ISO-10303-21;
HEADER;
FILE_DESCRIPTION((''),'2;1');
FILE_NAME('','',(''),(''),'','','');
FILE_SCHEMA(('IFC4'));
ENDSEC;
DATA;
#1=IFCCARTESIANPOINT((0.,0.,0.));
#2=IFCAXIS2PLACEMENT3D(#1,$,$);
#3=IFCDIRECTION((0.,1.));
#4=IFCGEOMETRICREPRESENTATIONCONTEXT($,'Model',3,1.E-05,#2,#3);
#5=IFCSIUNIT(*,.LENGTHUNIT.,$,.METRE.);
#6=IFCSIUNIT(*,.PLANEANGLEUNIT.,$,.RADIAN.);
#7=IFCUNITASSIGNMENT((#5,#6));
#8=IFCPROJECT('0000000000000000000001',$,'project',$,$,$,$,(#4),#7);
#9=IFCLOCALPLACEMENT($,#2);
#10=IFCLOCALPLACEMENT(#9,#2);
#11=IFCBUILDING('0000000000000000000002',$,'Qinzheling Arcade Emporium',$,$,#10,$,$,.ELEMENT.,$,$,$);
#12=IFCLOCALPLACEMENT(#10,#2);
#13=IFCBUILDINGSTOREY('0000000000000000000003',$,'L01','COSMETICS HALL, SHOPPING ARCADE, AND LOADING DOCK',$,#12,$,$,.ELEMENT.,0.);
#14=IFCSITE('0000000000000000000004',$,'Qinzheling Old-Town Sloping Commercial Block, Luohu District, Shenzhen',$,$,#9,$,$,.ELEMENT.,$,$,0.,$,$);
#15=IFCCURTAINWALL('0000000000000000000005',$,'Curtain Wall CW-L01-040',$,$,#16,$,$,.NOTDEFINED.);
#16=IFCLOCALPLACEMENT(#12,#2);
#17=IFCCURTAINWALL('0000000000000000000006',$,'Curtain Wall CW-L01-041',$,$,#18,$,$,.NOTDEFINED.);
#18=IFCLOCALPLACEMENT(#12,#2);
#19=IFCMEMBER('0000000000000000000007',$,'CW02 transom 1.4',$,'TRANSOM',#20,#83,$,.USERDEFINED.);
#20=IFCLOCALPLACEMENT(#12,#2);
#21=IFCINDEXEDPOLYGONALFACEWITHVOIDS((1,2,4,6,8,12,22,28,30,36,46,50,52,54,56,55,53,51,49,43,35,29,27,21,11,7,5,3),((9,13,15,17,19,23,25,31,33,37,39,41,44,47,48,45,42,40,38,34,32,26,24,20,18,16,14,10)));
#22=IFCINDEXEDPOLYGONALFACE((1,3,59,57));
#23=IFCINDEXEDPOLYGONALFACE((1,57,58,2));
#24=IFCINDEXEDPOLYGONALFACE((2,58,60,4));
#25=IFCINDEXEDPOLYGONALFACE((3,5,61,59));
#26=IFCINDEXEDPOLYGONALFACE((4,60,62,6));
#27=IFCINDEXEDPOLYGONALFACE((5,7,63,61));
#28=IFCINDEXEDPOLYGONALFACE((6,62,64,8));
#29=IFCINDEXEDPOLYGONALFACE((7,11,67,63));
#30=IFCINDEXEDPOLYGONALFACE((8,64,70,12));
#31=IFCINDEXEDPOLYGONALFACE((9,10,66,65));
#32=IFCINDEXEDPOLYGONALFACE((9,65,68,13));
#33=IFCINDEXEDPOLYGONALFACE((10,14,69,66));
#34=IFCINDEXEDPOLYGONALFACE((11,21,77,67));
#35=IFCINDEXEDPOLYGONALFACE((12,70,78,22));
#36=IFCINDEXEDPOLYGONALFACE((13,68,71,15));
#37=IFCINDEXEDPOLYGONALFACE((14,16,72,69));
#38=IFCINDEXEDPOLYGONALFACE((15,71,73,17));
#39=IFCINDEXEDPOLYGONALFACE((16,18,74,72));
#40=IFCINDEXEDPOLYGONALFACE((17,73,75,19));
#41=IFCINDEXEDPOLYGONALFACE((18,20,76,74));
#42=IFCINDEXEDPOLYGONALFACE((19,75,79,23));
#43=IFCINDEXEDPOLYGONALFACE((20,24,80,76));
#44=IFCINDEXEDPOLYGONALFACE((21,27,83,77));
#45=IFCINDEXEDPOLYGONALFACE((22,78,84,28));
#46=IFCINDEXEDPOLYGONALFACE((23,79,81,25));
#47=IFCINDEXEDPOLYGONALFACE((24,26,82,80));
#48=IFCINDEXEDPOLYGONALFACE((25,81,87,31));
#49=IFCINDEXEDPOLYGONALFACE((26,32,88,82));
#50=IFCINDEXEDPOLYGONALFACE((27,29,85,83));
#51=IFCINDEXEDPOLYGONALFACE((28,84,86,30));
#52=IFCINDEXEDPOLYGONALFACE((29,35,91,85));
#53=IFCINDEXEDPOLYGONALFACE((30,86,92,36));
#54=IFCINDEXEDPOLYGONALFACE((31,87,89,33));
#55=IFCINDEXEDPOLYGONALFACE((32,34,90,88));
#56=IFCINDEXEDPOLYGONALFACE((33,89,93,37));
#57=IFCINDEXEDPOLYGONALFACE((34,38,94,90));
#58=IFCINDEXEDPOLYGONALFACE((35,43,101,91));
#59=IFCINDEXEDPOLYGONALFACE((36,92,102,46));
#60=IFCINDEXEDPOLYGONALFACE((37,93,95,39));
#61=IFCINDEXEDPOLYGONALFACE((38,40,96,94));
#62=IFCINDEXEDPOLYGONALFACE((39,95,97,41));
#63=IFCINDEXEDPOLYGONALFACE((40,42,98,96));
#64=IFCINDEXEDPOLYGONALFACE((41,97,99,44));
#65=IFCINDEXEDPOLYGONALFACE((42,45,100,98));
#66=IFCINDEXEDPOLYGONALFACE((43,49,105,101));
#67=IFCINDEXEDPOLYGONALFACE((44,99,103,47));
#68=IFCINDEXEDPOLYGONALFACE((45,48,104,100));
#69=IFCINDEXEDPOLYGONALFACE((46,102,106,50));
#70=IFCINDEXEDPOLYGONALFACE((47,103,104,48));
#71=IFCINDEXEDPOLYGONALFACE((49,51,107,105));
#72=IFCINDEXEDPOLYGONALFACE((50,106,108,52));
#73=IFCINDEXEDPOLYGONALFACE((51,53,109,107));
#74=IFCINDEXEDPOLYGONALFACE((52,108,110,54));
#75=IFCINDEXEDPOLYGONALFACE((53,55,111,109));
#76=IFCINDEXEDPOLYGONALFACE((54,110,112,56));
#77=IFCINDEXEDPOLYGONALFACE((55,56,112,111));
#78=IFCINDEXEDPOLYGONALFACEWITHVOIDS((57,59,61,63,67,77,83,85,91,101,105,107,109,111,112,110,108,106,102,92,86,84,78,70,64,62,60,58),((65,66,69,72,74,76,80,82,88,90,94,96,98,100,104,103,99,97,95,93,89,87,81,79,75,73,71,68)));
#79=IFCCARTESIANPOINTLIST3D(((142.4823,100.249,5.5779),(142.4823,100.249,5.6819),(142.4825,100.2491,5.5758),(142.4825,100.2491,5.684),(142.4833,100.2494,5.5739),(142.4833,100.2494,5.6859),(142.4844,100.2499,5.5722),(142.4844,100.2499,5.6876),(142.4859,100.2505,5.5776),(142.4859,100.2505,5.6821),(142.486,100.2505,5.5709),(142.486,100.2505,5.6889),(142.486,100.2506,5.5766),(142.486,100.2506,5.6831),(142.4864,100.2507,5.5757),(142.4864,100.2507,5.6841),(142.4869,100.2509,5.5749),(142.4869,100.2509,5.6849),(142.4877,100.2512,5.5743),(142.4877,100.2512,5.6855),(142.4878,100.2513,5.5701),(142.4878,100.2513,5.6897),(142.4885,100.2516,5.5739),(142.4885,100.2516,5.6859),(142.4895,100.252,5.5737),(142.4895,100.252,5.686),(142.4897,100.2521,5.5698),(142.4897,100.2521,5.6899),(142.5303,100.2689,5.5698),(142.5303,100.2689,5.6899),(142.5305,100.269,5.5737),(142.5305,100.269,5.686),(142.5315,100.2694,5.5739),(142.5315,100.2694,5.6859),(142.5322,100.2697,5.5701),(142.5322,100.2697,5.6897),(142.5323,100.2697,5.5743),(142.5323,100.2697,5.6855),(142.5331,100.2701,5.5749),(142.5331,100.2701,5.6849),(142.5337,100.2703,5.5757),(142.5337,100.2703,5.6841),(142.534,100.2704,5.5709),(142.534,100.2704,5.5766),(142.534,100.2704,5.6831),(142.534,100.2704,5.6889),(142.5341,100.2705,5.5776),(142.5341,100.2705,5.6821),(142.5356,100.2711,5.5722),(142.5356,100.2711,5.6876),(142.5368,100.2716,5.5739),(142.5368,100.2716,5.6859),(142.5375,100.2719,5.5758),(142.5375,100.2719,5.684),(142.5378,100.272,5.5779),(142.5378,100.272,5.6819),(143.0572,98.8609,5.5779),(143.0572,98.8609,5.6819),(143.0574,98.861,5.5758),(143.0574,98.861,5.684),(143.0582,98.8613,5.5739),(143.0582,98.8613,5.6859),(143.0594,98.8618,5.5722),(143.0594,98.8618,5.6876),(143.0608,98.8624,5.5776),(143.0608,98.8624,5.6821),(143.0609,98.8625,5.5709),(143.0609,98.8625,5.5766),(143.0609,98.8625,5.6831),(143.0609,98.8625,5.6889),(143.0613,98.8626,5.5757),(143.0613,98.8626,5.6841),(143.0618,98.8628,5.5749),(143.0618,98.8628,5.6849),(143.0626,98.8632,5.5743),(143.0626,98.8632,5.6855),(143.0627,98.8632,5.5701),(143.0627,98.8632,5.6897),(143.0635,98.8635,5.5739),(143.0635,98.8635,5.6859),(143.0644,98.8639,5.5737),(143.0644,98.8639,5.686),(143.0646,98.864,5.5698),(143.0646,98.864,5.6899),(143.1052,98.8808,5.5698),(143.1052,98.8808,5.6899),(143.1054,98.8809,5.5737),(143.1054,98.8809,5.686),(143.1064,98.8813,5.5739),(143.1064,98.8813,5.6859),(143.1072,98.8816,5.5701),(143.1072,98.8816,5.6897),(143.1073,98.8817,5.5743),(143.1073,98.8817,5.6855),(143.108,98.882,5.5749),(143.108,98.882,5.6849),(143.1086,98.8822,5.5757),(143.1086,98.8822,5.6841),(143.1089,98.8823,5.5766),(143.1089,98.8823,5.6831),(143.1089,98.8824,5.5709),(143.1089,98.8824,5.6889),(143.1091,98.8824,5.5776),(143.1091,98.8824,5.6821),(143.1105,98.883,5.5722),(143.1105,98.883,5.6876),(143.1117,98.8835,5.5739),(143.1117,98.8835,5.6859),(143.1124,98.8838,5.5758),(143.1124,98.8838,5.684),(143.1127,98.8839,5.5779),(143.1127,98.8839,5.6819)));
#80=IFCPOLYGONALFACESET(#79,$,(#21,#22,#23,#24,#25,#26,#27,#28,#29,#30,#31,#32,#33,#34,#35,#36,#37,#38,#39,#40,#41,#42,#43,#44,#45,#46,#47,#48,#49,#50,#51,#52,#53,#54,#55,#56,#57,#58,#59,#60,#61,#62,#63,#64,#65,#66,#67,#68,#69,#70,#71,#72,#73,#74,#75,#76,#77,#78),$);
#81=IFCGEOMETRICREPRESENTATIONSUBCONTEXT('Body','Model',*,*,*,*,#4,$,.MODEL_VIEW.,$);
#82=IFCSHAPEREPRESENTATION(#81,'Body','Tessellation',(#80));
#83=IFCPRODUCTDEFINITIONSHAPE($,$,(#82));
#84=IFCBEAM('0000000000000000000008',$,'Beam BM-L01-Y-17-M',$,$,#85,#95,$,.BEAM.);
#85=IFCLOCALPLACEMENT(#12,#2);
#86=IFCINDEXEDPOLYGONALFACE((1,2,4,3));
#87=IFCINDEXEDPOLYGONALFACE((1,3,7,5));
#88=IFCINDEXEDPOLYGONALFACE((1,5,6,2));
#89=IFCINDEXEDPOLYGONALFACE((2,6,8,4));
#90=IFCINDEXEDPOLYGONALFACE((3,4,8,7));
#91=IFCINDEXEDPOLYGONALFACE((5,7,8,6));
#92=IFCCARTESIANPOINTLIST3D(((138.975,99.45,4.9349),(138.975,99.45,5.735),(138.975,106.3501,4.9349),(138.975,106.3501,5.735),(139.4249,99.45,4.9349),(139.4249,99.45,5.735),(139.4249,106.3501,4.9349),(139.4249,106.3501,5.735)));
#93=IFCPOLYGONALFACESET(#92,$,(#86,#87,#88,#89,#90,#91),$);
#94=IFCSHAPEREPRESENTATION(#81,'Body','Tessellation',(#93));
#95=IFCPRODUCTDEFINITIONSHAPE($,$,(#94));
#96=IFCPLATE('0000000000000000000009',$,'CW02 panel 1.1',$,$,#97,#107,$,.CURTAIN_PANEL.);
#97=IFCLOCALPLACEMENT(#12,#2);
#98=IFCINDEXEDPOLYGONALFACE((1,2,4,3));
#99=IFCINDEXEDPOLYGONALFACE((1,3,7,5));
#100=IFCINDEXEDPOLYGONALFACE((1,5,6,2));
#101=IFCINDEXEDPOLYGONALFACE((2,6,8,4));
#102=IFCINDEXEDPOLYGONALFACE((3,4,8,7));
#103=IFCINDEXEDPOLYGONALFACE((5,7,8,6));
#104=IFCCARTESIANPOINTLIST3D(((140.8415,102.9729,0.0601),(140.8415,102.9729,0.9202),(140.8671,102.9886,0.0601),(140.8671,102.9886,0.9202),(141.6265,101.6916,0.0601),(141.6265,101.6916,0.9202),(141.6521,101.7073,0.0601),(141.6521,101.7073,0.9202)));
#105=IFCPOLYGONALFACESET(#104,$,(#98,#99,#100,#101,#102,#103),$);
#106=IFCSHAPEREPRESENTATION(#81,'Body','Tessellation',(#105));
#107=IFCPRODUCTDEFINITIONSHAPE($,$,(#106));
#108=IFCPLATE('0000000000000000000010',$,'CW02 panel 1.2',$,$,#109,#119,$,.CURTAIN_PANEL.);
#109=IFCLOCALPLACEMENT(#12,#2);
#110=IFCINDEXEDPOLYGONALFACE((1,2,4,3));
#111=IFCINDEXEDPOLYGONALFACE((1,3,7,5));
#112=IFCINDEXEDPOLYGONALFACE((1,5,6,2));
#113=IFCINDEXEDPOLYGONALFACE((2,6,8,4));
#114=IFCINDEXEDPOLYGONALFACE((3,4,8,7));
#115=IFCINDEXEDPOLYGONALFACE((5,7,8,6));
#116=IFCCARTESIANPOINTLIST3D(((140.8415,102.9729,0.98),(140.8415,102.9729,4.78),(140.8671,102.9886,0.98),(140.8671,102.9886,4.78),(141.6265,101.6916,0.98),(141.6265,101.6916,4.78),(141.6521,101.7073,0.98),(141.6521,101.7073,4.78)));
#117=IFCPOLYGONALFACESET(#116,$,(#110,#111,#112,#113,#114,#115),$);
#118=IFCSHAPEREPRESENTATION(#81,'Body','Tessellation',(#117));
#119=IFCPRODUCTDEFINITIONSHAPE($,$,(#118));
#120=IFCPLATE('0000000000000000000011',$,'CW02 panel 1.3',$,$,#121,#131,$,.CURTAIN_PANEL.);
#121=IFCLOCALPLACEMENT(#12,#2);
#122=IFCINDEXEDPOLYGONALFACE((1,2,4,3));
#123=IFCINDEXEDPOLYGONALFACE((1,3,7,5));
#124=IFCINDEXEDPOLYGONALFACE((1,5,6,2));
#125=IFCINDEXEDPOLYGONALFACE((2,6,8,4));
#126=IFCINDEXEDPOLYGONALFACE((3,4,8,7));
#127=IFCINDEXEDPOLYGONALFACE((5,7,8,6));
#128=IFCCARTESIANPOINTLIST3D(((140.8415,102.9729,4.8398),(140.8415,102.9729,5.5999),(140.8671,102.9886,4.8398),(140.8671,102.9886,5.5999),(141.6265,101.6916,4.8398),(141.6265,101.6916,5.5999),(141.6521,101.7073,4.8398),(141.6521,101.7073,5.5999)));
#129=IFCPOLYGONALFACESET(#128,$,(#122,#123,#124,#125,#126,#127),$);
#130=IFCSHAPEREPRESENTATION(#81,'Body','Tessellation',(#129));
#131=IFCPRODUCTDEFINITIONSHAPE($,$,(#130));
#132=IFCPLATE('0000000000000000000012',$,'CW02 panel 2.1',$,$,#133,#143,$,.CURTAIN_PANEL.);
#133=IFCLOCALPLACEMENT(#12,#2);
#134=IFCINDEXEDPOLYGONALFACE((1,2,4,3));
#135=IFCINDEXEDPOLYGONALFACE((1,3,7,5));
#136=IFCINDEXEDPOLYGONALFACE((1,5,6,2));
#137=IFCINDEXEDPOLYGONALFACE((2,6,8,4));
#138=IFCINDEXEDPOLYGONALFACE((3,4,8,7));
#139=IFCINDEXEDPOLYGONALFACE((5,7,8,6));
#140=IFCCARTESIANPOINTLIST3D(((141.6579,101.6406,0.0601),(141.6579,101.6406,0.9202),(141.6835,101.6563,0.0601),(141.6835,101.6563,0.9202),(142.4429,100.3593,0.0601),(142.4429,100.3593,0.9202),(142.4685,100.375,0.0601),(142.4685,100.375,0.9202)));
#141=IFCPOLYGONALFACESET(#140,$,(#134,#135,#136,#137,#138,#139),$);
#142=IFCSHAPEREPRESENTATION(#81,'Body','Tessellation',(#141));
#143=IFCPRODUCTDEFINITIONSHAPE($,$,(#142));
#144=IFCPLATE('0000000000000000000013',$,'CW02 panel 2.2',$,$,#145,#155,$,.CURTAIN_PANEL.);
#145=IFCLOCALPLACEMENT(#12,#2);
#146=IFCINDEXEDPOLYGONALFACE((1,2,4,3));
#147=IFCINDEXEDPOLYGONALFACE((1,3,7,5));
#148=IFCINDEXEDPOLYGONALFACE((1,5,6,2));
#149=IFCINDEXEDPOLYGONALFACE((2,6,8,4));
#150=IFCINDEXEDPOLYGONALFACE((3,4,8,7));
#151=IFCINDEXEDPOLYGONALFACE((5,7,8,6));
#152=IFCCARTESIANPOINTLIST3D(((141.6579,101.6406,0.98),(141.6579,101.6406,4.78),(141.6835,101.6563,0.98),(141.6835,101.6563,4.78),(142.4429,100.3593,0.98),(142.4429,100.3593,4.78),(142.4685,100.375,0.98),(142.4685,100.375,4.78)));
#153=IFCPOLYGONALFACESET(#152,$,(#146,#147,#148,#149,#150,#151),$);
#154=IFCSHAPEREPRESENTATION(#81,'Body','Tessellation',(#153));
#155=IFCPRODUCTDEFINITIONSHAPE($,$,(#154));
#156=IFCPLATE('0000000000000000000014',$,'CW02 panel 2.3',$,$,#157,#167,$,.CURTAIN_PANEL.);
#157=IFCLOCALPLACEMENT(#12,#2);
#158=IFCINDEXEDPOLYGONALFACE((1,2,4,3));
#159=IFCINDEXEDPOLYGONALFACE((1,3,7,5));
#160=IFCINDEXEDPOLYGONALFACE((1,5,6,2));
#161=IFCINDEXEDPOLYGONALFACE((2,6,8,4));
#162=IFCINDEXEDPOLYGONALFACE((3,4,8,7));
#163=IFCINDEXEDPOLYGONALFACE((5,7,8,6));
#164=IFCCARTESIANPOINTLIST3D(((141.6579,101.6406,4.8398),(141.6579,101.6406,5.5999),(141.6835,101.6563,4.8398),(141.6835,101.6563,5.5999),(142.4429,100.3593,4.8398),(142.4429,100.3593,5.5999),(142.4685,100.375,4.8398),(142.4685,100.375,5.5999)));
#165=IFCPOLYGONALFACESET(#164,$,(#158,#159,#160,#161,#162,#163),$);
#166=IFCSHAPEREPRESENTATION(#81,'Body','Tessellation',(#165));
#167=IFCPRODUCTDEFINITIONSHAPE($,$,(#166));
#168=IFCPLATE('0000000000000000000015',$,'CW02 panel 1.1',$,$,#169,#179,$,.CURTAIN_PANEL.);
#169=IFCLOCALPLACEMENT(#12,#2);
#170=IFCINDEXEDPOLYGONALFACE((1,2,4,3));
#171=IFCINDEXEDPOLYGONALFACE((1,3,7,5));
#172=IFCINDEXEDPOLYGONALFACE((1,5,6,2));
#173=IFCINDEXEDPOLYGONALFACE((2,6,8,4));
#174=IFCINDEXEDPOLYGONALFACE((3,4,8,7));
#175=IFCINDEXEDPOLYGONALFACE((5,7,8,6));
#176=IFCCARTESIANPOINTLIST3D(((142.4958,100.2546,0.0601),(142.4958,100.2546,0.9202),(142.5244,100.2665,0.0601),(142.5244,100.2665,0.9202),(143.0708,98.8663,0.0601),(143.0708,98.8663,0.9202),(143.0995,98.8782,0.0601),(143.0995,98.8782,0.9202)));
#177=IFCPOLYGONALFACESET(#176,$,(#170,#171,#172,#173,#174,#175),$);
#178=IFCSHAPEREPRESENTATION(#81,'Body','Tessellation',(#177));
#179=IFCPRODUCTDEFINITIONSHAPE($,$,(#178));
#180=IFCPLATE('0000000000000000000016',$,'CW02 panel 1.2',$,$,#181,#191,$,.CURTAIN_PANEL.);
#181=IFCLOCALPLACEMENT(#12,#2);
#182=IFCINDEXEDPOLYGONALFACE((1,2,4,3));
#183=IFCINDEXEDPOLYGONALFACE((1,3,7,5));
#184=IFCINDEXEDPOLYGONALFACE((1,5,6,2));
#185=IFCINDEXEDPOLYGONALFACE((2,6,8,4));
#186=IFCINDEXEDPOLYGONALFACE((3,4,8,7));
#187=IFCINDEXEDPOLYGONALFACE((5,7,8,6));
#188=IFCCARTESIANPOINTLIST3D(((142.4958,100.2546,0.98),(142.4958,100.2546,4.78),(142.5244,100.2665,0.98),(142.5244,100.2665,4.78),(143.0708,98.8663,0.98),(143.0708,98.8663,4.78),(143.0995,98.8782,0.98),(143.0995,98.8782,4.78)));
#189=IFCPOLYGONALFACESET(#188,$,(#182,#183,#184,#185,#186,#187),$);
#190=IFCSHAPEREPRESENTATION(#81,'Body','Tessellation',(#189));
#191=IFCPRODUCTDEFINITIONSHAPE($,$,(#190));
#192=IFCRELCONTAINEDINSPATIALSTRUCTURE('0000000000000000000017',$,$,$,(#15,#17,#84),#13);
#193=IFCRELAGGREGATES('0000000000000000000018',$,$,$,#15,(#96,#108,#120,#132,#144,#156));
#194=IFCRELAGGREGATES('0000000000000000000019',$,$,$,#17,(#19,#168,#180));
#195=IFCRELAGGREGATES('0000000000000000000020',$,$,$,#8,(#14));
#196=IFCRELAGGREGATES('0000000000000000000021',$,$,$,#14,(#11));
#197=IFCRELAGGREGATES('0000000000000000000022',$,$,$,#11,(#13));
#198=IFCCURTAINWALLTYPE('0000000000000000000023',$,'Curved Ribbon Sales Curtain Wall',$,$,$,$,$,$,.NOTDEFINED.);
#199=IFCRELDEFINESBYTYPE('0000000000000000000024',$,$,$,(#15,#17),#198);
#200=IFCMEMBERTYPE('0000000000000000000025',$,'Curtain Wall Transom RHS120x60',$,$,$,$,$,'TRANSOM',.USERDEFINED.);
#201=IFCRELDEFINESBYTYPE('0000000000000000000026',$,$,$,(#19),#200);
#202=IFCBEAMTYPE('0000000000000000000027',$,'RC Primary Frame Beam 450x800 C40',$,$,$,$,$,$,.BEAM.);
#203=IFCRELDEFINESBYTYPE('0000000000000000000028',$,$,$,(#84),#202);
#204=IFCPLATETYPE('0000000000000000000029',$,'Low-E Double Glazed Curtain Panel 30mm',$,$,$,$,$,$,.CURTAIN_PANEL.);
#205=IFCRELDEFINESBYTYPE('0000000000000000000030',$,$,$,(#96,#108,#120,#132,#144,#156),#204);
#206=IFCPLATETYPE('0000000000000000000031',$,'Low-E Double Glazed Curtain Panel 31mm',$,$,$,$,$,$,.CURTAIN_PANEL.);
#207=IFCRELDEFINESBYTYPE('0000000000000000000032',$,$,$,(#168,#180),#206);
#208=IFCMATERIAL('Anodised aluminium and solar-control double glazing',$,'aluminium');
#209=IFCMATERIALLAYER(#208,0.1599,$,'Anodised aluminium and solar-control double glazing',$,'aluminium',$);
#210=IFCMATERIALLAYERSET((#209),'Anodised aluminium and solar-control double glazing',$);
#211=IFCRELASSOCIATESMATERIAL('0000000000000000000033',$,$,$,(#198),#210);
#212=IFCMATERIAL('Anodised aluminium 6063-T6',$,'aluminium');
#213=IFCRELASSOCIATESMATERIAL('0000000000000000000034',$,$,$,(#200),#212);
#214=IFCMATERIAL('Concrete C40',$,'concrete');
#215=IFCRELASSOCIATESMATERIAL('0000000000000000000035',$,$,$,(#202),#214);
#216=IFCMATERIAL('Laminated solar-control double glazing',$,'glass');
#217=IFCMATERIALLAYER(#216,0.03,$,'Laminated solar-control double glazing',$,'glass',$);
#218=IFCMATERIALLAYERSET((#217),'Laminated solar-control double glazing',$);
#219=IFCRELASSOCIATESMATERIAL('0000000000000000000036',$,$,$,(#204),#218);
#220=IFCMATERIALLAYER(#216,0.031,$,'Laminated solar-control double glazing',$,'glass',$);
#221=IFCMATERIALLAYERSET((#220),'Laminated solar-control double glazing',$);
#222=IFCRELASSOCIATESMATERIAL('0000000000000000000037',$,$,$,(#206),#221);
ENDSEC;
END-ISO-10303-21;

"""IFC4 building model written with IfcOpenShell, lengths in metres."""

from ifc_helpers import new_model, si_unit, direction, frame, origin, origin_2d, place, context, subcontext, project, spatial, rectangle, hollow_rectangle, extrude, material, layer, layer_set, material_profile, profile_set, type_object, element, aggregate, save


model = new_model("IFC4")

# Units and contexts
model_context = context("Model", 3, precision=1e-05, world=origin(), true_north=direction((0.0, 1.0)))
body_context = subcontext(model_context, "Body", "Model", "MODEL_VIEW")
ifc_project = project(units=[si_unit("LENGTHUNIT", "METRE"), si_unit("PLANEANGLEUNIT", "RADIAN")], contexts=[model_context])

# Site, building, storey
site_placement = place(None, origin())
site = spatial("IfcSite", under=ifc_project, at=site_placement, Name="Qinzheling Old-Town Sloping Commercial Block, Luohu District, Shenzhen", CompositionType="ELEMENT", RefElevation=0.0)
building_placement = place(site_placement, origin())
building = spatial("IfcBuilding", under=site, at=building_placement, Name="Qinzheling Arcade Emporium", CompositionType="ELEMENT")
storey_placement = place(building_placement, origin())
storey = spatial("IfcBuildingStorey", under=building, at=storey_placement, Name="L01", Description="COSMETICS HALL, SHOPPING ARCADE, AND LOADING DOCK", CompositionType="ELEMENT", Elevation=0.0)

# Shared definitions
ifc_material_1 = material(Name="Anodised aluminium and solar-control double glazing", Category="aluminium")
ifc_layer_1 = layer(ifc_material_1, 0.1599, Name="Anodised aluminium and solar-control double glazing", Category="aluminium")
ifc_layer_set_1 = layer_set([ifc_layer_1], Name="Anodised aluminium and solar-control double glazing")
curtain_wall_type = type_object("IfcCurtainWallType", Name="Curved Ribbon Sales Curtain Wall", PredefinedType="NOTDEFINED", material=ifc_layer_set_1)
ifc_material_2 = material(Name="Anodised aluminium 6063-T6", Category="aluminium")

# Curtain wall
curtain_wall_1_placement = place(storey_placement, origin())
curtain_wall_1 = element("IfcCurtainWall", 1, at=curtain_wall_1_placement, inside=storey, type_object=curtain_wall_type, Name="Curtain Wall CW-L01-040", PredefinedType="NOTDEFINED")

# Curtain wall
curtain_wall_2_placement = place(storey_placement, origin())
curtain_wall_2 = element("IfcCurtainWall", 2, at=curtain_wall_2_placement, inside=storey, type_object=curtain_wall_type, Name="Curtain Wall CW-L01-041", PredefinedType="NOTDEFINED")

# Member
ifc_material_profile_1 = material_profile(ifc_material_2, hollow_rectangle(XDim=0.0601, YDim=0.1201, WallThickness=0.0039, InnerFilletRadius=0.0039, OuterFilletRadius=0.0081, at=origin_2d()), Name="RHS 120x60x4", Category="aluminium")
ifc_profile_set_1 = profile_set([ifc_material_profile_1], Name="Anodised aluminium 6063-T6")
member_type_1 = type_object("IfcMemberType", Name="Curtain Wall Transom RHS120x60", ElementType="TRANSOM", PredefinedType="USERDEFINED", material=ifc_profile_set_1)
member_1_placement = place(storey_placement, frame((142.51, 100.2605, 5.6299), z_axis=(0.382653, -0.923892, 0.0), x_axis=(0.923892, 0.382653, 0.0)))
member_1 = element("IfcMember", 3, at=member_1_placement, type_object=member_type_1, Name="CW02 transom 1.4", ObjectType="TRANSOM", PredefinedType="USERDEFINED", context=body_context, shape_type="SweptSolid", body=[
    extrude(hollow_rectangle(XDim=0.0601, YDim=0.1201, WallThickness=0.0039, InnerFilletRadius=0.0039, OuterFilletRadius=0.0081, at=origin_2d()), origin(), (0.0, 0.0, 1.0), 1.5024),
])

# Beam
ifc_material_3 = material(Name="Concrete C40", Category="concrete")
ifc_material_profile_2 = material_profile(ifc_material_3, rectangle(XDim=0.45, YDim=0.8, at=origin_2d()), Name="RC 450x800", Category="concrete")
ifc_profile_set_2 = profile_set([ifc_material_profile_2], Name="Concrete C40")
beam_type_1 = type_object("IfcBeamType", Name="RC Primary Frame Beam 450x800 C40", PredefinedType="BEAM", material=ifc_profile_set_2)
beam_1_placement = place(storey_placement, frame((139.2, 99.45, 5.335), z_axis=(0.0, 1.0, 0.0), x_axis=(-1.0, 0.0, 0.0)))
element("IfcBeam", 4, at=beam_1_placement, inside=storey, type_object=beam_type_1, Name="Beam BM-L01-Y-17-M", PredefinedType="BEAM", context=body_context, shape_type="SweptSolid", body=[
    extrude(rectangle(XDim=0.45, YDim=0.8, at=origin_2d()), origin(), (0.0, 0.0, 1.0), 6.9001),
])

# Plates
ifc_material_4 = material(Name="Laminated solar-control double glazing", Category="glass")
ifc_layer_2 = layer(ifc_material_4, 0.03, Name="Laminated solar-control double glazing", Category="glass")
ifc_layer_set_2 = layer_set([ifc_layer_2], Name="Laminated solar-control double glazing")
plate_type_1 = type_object("IfcPlateType", Name="Low-E Double Glazed Curtain Panel 30mm", PredefinedType="CURTAIN_PANEL", material=ifc_layer_set_2)
plate_1_placement = place(storey_placement, frame((141.2468, 102.3401, 0.0601), z_axis=(0.0, 0.0, 1.0), x_axis=(0.522415, -0.852691, 0.0)))
plate_1 = element("IfcPlate", 5, at=plate_1_placement, type_object=plate_type_1, Name="CW02 panel 1.1", PredefinedType="CURTAIN_PANEL", context=body_context, shape_type="SweptSolid", body=[
    extrude(rectangle(XDim=1.5027, YDim=0.03, at=origin_2d()), origin(), (0.0, 0.0, 1.0), 0.8601),
])
plate_2_placement = place(storey_placement, frame((141.2468, 102.3401, 0.98), z_axis=(0.0, 0.0, 1.0), x_axis=(0.522415, -0.852691, 0.0)))
plate_2 = element("IfcPlate", 6, at=plate_2_placement, type_object=plate_type_1, Name="CW02 panel 1.2", PredefinedType="CURTAIN_PANEL", context=body_context, shape_type="SweptSolid", body=[
    extrude(rectangle(XDim=1.5027, YDim=0.03, at=origin_2d()), origin(), (0.0, 0.0, 1.0), 3.8),
])
plate_3_placement = place(storey_placement, frame((141.2468, 102.3401, 4.8398), z_axis=(0.0, 0.0, 1.0), x_axis=(0.522415, -0.852691, 0.0)))
plate_3 = element("IfcPlate", 7, at=plate_3_placement, type_object=plate_type_1, Name="CW02 panel 1.3", PredefinedType="CURTAIN_PANEL", context=body_context, shape_type="SweptSolid", body=[
    extrude(rectangle(XDim=1.5027, YDim=0.03, at=origin_2d()), origin(), (0.0, 0.0, 1.0), 0.76),
])
plate_4_placement = place(storey_placement, frame((142.0632, 101.0078, 0.0601), z_axis=(0.0, 0.0, 1.0), x_axis=(0.522415, -0.852691, 0.0)))
plate_4 = element("IfcPlate", 8, at=plate_4_placement, type_object=plate_type_1, Name="CW02 panel 2.1", PredefinedType="CURTAIN_PANEL", context=body_context, shape_type="SweptSolid", body=[
    extrude(rectangle(XDim=1.5027, YDim=0.03, at=origin_2d()), origin(), (0.0, 0.0, 1.0), 0.8601),
])
plate_5_placement = place(storey_placement, frame((142.0632, 101.0078, 0.98), z_axis=(0.0, 0.0, 1.0), x_axis=(0.522415, -0.852691, 0.0)))
plate_5 = element("IfcPlate", 9, at=plate_5_placement, type_object=plate_type_1, Name="CW02 panel 2.2", PredefinedType="CURTAIN_PANEL", context=body_context, shape_type="SweptSolid", body=[
    extrude(rectangle(XDim=1.5027, YDim=0.03, at=origin_2d()), origin(), (0.0, 0.0, 1.0), 3.8),
])
plate_6_placement = place(storey_placement, frame((142.0632, 101.0078, 4.8398), z_axis=(0.0, 0.0, 1.0), x_axis=(0.522415, -0.852691, 0.0)))
plate_6 = element("IfcPlate", 10, at=plate_6_placement, type_object=plate_type_1, Name="CW02 panel 2.3", PredefinedType="CURTAIN_PANEL", context=body_context, shape_type="SweptSolid", body=[
    extrude(rectangle(XDim=1.5027, YDim=0.03, at=origin_2d()), origin(), (0.0, 0.0, 1.0), 0.76),
])
aggregate(curtain_wall_1, [plate_1, plate_2, plate_3, plate_4, plate_5, plate_6])
ifc_layer_3 = layer(ifc_material_4, 0.031, Name="Laminated solar-control double glazing", Category="glass")
ifc_layer_set_3 = layer_set([ifc_layer_3], Name="Laminated solar-control double glazing")
plate_type_2 = type_object("IfcPlateType", Name="Low-E Double Glazed Curtain Panel 31mm", PredefinedType="CURTAIN_PANEL", material=ifc_layer_set_3)
plate_7_placement = place(storey_placement, frame((142.7976, 99.5664, 0.0601), z_axis=(0.0, 0.0, 1.0), x_axis=(0.382675, -0.923883, 0.0)))
plate_7 = element("IfcPlate", 11, at=plate_7_placement, type_object=plate_type_2, Name="CW02 panel 1.1", PredefinedType="CURTAIN_PANEL", context=body_context, shape_type="SweptSolid", body=[
    extrude(rectangle(XDim=1.5027, YDim=0.031, at=origin_2d()), origin(), (0.0, 0.0, 1.0), 0.8601),
])
plate_8_placement = place(storey_placement, frame((142.7976, 99.5664, 0.98), z_axis=(0.0, 0.0, 1.0), x_axis=(0.382675, -0.923883, 0.0)))
plate_8 = element("IfcPlate", 12, at=plate_8_placement, type_object=plate_type_2, Name="CW02 panel 1.2", PredefinedType="CURTAIN_PANEL", context=body_context, shape_type="SweptSolid", body=[
    extrude(rectangle(XDim=1.5027, YDim=0.031, at=origin_2d()), origin(), (0.0, 0.0, 1.0), 3.8),
])
aggregate(curtain_wall_2, [member_1, plate_7, plate_8])

save(model, "model.ifc")
